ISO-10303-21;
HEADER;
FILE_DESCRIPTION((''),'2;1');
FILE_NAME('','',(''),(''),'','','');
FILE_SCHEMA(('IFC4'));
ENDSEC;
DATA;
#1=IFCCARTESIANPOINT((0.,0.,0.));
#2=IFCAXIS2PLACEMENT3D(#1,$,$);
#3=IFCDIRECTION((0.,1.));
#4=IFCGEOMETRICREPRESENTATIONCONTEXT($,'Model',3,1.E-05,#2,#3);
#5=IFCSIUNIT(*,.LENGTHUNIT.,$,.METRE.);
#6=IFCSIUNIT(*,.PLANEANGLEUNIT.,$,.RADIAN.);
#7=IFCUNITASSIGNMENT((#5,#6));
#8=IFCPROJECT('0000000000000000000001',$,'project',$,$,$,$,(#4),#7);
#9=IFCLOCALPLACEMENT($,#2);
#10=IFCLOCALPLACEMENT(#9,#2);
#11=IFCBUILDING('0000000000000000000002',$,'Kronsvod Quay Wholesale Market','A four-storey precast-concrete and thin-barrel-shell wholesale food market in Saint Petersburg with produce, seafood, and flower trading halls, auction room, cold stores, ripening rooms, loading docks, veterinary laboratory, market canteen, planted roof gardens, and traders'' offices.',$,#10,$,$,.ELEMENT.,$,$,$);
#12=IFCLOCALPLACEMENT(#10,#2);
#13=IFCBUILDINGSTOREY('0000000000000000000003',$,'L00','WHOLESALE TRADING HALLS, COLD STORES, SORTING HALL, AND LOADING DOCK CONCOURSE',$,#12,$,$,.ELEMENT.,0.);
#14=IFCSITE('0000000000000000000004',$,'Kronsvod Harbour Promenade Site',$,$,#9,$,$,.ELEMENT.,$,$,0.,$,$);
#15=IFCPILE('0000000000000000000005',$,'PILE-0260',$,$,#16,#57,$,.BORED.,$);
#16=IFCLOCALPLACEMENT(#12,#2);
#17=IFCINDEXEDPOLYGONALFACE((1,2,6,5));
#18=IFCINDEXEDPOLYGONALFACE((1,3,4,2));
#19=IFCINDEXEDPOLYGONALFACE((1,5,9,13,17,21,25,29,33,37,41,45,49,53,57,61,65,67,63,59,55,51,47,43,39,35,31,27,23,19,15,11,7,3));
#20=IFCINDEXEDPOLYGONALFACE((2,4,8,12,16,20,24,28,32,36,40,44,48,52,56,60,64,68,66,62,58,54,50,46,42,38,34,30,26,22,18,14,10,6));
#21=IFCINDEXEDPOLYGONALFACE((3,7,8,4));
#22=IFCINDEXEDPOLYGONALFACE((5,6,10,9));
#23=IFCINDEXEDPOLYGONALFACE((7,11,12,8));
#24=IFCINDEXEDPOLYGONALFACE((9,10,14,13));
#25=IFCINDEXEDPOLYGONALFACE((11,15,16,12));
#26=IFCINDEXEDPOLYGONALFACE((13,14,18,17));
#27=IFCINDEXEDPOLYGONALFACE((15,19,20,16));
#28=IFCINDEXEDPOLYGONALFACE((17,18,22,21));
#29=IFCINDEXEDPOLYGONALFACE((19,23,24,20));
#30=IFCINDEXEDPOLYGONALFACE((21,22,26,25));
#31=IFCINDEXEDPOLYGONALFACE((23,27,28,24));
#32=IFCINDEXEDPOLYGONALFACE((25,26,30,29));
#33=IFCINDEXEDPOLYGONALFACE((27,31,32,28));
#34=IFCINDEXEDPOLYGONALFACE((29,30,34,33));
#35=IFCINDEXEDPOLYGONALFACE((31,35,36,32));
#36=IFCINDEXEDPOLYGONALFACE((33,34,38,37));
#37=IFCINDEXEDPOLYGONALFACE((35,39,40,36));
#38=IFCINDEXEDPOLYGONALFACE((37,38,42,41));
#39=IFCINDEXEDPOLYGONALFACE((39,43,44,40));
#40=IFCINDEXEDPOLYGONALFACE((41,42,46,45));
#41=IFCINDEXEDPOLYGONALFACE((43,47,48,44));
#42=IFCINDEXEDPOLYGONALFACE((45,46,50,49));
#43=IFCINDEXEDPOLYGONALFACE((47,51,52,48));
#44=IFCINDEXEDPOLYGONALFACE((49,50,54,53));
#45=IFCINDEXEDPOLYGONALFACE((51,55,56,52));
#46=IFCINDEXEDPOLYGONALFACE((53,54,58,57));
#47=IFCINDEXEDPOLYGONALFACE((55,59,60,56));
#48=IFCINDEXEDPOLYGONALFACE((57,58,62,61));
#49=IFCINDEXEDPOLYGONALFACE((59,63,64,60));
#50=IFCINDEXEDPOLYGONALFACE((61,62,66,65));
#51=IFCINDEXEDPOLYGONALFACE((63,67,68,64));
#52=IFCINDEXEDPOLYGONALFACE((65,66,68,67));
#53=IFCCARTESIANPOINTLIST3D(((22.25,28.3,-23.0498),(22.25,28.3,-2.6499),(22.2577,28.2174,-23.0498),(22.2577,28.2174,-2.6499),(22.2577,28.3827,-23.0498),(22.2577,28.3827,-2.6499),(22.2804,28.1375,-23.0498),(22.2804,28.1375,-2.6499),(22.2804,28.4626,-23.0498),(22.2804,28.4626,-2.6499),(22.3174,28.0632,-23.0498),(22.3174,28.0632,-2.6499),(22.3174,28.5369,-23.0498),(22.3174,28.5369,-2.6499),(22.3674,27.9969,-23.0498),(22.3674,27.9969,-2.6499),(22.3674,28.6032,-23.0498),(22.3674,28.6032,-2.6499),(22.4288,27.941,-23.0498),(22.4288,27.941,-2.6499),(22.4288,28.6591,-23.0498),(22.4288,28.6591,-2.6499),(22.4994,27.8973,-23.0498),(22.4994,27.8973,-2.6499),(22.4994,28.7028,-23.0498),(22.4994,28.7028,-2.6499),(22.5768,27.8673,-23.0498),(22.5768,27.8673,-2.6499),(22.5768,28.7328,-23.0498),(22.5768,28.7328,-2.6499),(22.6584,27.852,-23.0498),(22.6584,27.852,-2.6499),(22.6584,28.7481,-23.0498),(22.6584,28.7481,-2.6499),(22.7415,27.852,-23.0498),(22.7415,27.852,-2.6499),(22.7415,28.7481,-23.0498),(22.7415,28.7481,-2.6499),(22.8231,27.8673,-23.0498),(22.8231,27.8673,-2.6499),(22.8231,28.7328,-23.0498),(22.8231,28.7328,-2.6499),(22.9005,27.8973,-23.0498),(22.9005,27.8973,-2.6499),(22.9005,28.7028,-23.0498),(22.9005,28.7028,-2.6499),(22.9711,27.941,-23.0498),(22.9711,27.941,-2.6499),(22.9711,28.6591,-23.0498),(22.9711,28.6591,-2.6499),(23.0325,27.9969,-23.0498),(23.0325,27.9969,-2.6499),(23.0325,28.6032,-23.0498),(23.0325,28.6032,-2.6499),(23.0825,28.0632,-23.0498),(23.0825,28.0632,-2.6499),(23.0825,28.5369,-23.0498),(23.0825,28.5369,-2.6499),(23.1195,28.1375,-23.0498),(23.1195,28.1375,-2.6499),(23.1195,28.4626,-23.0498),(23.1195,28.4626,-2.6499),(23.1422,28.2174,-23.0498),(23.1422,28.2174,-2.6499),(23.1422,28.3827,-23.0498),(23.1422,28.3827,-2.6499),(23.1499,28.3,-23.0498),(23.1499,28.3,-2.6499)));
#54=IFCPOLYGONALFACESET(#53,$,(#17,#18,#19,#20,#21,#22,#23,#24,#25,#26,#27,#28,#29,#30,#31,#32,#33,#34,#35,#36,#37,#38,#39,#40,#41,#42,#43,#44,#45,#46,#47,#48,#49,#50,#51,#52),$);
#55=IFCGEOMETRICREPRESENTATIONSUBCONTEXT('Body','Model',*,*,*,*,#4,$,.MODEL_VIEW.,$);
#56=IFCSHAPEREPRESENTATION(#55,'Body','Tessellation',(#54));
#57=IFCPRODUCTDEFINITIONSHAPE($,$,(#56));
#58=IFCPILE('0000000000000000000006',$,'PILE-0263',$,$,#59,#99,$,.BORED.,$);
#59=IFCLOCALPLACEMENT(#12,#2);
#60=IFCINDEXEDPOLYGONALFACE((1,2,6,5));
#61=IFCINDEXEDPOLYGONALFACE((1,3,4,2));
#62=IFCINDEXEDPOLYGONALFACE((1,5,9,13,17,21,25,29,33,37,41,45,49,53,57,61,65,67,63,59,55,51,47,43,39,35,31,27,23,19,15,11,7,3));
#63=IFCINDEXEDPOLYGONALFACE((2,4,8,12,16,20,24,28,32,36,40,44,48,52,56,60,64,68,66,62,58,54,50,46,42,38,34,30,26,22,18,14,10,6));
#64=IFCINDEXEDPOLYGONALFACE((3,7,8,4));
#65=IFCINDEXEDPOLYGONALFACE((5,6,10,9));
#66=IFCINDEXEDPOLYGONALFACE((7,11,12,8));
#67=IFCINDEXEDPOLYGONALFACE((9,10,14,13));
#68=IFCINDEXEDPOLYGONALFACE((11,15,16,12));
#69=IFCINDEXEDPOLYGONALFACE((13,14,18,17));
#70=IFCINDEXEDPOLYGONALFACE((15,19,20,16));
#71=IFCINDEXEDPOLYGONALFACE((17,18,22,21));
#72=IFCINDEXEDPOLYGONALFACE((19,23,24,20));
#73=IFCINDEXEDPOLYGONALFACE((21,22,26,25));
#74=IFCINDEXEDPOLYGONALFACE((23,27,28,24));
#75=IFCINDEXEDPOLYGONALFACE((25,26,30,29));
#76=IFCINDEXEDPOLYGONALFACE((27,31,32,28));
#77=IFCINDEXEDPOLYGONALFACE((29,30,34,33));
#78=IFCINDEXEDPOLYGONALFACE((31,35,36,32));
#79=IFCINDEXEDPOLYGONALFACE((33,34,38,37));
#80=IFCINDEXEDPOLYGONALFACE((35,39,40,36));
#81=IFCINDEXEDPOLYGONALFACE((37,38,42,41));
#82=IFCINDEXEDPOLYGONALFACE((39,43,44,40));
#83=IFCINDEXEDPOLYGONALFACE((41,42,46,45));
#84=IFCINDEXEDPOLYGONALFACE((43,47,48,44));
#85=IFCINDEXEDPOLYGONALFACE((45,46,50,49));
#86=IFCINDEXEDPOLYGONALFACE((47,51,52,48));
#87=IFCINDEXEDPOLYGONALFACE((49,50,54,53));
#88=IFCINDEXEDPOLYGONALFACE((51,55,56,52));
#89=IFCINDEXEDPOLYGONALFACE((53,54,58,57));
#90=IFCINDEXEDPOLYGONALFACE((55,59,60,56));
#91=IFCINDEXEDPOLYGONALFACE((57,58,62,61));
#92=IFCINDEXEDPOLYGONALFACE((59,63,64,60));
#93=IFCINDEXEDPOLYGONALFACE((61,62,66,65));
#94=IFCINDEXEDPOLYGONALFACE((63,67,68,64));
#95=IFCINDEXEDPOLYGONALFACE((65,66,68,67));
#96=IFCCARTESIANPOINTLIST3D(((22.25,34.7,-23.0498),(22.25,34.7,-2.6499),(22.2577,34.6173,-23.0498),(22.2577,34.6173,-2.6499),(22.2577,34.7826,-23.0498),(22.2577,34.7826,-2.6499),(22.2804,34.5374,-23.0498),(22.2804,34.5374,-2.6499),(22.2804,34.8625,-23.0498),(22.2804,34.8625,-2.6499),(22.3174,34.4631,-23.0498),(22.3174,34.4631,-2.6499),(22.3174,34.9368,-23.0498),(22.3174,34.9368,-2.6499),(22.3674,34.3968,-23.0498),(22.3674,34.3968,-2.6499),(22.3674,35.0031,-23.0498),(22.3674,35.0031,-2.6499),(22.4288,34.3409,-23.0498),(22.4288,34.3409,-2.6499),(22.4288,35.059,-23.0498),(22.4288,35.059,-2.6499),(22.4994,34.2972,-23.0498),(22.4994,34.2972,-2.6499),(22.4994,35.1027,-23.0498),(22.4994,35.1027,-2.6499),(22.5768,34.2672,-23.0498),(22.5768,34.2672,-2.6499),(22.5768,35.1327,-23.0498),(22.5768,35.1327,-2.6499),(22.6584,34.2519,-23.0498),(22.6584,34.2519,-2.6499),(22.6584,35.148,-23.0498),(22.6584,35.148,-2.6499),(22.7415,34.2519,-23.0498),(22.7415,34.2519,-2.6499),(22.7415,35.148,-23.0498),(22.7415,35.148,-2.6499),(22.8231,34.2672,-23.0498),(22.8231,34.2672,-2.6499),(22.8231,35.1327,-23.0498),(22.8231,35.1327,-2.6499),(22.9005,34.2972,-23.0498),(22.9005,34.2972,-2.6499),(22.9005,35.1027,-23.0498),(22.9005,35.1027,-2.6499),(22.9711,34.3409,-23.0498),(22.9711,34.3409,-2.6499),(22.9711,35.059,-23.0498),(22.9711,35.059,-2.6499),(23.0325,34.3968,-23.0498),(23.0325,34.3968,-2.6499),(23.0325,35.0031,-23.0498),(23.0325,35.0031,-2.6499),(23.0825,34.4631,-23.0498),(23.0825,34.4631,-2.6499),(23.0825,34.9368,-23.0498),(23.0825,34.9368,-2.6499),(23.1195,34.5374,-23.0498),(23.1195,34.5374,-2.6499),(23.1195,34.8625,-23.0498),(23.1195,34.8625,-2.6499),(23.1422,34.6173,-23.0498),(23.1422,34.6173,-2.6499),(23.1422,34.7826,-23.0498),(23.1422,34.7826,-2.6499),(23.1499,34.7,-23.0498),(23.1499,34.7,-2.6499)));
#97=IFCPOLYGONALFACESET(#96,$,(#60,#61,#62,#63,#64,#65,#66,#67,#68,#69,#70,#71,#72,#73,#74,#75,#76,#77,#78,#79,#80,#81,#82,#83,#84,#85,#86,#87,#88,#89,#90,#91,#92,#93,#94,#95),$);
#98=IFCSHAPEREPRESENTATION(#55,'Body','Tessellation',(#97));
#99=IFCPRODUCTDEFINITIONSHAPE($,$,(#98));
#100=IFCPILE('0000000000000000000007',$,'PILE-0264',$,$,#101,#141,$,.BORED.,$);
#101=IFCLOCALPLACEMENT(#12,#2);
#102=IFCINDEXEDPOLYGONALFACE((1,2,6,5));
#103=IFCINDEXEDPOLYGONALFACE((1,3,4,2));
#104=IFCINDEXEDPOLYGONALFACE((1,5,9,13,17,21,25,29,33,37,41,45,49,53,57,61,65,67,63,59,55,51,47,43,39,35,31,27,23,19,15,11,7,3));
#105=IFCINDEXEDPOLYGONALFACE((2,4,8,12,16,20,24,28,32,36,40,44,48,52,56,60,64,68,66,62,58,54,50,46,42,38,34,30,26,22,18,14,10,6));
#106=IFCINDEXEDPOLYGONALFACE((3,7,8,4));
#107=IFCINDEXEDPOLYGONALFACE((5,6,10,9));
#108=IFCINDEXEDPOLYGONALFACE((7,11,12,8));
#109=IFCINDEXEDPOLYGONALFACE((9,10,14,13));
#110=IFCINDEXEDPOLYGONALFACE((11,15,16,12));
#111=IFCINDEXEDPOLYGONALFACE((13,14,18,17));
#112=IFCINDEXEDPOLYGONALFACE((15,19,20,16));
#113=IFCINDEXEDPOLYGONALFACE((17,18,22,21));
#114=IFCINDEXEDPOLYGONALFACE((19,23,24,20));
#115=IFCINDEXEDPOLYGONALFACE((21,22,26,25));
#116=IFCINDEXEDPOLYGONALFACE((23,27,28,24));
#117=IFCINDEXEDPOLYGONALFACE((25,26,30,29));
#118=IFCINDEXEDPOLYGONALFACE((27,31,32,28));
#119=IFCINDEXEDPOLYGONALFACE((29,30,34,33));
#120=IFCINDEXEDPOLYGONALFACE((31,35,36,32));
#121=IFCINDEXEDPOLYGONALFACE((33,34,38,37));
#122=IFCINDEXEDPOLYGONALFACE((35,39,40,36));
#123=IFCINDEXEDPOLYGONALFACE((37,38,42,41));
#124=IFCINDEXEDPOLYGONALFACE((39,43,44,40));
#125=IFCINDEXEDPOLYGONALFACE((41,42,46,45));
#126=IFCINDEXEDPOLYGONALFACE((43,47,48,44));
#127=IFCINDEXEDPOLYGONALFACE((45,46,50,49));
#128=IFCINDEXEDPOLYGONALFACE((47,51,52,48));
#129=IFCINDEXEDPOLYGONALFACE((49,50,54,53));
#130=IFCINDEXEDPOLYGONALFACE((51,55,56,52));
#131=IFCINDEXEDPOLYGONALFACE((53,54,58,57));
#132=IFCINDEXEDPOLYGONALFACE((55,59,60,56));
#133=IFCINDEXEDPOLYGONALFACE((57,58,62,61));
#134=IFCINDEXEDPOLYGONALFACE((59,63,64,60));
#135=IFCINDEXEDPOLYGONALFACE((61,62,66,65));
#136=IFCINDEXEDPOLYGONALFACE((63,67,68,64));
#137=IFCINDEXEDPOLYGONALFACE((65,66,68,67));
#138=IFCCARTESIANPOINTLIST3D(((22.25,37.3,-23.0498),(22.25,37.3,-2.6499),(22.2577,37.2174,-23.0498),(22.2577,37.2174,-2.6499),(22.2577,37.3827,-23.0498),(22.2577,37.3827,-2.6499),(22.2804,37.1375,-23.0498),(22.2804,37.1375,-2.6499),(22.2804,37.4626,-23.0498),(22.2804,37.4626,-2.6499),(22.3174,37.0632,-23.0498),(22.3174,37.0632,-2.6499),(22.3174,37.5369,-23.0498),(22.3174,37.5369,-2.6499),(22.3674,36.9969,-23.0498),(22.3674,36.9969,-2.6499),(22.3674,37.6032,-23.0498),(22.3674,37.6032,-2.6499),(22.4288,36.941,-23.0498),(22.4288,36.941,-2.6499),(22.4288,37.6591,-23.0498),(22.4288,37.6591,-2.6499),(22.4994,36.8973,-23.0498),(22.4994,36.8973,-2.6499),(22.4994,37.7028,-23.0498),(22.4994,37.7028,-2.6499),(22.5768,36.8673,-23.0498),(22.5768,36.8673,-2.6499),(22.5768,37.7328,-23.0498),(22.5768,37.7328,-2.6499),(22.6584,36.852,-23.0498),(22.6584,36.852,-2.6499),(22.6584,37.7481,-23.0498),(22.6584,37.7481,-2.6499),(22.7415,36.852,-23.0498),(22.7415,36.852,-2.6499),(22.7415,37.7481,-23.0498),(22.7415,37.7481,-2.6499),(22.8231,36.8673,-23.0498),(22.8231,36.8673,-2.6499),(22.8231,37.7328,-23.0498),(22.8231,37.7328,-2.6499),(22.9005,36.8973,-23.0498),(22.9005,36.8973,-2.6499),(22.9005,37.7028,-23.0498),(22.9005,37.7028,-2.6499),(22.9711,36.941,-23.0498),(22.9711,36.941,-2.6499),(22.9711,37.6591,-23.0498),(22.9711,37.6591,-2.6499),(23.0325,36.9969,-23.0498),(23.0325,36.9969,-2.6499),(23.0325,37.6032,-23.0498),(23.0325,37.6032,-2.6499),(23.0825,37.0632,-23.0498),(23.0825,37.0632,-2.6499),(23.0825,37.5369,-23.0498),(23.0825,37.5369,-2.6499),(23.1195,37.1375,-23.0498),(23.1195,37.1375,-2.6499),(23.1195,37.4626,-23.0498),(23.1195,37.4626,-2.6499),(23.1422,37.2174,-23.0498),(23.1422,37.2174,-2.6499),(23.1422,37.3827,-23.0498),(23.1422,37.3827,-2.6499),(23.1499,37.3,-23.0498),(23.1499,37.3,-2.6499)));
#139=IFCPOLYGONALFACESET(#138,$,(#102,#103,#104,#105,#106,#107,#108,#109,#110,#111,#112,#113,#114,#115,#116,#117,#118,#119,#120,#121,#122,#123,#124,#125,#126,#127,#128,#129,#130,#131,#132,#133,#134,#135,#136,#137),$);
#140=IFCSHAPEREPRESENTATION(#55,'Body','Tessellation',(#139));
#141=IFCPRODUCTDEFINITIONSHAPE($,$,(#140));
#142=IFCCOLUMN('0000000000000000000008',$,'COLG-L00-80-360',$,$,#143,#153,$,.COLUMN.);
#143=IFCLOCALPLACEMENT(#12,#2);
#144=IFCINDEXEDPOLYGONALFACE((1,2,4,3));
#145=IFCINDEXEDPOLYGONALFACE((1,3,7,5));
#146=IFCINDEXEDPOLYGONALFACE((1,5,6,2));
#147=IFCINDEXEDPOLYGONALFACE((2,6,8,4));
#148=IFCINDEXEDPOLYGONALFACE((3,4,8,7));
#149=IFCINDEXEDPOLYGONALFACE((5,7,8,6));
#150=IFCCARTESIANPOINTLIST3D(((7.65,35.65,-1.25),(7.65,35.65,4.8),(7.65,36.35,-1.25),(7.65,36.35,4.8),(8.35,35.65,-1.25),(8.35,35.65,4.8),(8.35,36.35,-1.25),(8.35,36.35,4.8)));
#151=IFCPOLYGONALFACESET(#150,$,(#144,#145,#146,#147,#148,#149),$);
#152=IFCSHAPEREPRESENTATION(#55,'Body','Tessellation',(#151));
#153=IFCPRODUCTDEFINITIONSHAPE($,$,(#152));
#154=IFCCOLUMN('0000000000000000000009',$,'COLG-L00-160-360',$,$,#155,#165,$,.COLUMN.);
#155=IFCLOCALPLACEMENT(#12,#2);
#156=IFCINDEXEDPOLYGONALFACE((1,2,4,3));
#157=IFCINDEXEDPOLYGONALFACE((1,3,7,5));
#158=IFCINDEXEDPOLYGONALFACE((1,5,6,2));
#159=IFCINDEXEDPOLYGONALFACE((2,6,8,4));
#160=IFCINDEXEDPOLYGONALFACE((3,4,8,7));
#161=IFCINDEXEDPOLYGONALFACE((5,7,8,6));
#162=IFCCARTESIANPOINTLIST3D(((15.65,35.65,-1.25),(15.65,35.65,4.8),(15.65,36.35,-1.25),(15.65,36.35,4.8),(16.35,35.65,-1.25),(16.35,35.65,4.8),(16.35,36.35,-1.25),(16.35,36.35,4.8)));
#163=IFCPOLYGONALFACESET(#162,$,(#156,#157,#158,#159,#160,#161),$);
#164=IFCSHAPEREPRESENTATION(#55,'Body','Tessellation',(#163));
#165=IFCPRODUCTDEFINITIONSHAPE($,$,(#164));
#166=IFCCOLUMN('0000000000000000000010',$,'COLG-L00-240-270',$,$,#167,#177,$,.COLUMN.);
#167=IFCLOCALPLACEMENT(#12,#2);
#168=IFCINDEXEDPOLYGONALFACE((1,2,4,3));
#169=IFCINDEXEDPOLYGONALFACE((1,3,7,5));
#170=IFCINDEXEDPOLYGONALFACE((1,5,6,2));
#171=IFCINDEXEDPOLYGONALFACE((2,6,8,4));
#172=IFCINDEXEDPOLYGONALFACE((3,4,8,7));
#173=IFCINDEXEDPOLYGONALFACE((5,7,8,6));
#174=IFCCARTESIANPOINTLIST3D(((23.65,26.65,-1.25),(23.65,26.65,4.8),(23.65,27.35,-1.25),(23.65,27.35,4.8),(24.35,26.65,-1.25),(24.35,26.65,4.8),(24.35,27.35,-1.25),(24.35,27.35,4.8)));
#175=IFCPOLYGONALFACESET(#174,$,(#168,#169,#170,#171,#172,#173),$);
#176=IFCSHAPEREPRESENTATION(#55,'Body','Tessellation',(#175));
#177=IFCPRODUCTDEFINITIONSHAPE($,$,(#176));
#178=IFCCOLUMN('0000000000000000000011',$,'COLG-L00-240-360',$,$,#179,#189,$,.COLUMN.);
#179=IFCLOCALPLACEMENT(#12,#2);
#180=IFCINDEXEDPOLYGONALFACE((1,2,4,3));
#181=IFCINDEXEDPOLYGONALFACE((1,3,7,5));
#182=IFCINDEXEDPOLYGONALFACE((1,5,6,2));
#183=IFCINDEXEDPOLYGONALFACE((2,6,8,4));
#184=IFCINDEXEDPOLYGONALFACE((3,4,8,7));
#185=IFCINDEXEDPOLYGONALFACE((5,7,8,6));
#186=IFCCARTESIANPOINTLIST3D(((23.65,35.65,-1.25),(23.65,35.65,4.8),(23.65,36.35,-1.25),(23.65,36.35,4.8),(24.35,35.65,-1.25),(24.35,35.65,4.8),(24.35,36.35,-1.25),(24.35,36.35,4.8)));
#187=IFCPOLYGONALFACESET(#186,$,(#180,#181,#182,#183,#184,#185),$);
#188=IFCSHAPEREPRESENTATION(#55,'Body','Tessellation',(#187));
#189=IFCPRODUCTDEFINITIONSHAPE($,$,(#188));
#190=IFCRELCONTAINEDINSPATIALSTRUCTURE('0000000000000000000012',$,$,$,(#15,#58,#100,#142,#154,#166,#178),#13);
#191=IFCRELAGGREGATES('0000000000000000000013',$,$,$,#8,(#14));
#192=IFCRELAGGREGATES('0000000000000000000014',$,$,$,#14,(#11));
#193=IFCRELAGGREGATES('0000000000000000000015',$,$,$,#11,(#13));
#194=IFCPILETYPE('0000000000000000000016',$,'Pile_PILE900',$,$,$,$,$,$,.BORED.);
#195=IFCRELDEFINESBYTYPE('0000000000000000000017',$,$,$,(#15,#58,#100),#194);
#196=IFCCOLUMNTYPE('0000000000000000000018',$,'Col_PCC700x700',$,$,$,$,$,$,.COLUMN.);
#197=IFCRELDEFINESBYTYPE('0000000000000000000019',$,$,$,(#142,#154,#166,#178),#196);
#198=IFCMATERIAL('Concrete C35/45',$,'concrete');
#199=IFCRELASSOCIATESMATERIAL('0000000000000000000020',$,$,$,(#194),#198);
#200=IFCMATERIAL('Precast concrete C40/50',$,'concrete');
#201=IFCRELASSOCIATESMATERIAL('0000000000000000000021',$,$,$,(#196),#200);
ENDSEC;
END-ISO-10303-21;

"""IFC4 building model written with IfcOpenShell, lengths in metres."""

from ifc_helpers import new_model, si_unit, direction, frame, origin, origin_2d, place, context, subcontext, project, spatial, rectangle, circle, extrude, material, material_profile, profile_set, type_object, element, save


model = new_model("IFC4")

# Units and contexts
model_context = context("Model", 3, precision=1e-05, world=origin(), true_north=direction((0.0, 1.0)))
body_context = subcontext(model_context, "Body", "Model", "MODEL_VIEW")
ifc_project = project(units=[si_unit("LENGTHUNIT", "METRE"), si_unit("PLANEANGLEUNIT", "RADIAN")], contexts=[model_context])

# Site, building, storey
site_placement = place(None, origin())
site = spatial("IfcSite", under=ifc_project, at=site_placement, Name="Kronsvod Harbour Promenade Site", CompositionType="ELEMENT", RefElevation=0.0)
building_placement = place(site_placement, origin())
building = spatial("IfcBuilding", under=site, at=building_placement, Name="Kronsvod Quay Wholesale Market", Description="A four-storey precast-concrete and thin-barrel-shell wholesale food market in Saint Petersburg with produce, seafood, and flower trading halls, auction room, cold stores, ripening rooms, loading docks, veterinary laboratory, market canteen, planted roof gardens, and traders' offices.", CompositionType="ELEMENT")
storey_placement = place(building_placement, origin())
storey = spatial("IfcBuildingStorey", under=building, at=storey_placement, Name="L00", Description="WHOLESALE TRADING HALLS, COLD STORES, SORTING HALL, AND LOADING DOCK CONCOURSE", CompositionType="ELEMENT", Elevation=0.0)

# Piles
ifc_material_1 = material(Name="Concrete C35/45", Category="concrete")
ifc_material_profile_1 = material_profile(ifc_material_1, circle(Radius=0.45, at=origin_2d()), Name="PILE900")
ifc_profile_set_1 = profile_set([ifc_material_profile_1], Name="Concrete C35/45")
pile_type = type_object("IfcPileType", Name="Pile_PILE900", PredefinedType="BORED", material=ifc_profile_set_1)
for number, where, z_axis, x_axis, name in (
    (1, (22.7, 28.3, -2.6499), (0.0, 0.0, -1.0), (1.0, 0.0, 0.0), "PILE-0260"),
    (2, (22.7, 34.7, -2.6499), (0.0, 0.0, -1.0), (1.0, 0.0, 0.0), "PILE-0263"),
    (3, (22.7, 37.3, -2.6499), (0.0, 0.0, -1.0), (1.0, 0.0, 0.0), "PILE-0264"),
):
    element("IfcPile", number, at=place(storey_placement, frame(where, z_axis=z_axis, x_axis=x_axis)), inside=storey, type_object=pile_type, Name=name, PredefinedType="BORED", context=body_context, shape_type="SweptSolid", body=[
        extrude(circle(Radius=0.45, at=origin_2d()), origin(), (0.0, 0.0, 1.0), 20.3999),
    ])

# Columns
ifc_material_2 = material(Name="Precast concrete C40/50", Category="concrete")
ifc_material_profile_2 = material_profile(ifc_material_2, rectangle(XDim=0.7, YDim=0.7, at=origin_2d()), Name="PCC700x700")
ifc_profile_set_2 = profile_set([ifc_material_profile_2], Name="Precast concrete C40/50")
column_type = type_object("IfcColumnType", Name="Col_PCC700x700", PredefinedType="COLUMN", material=ifc_profile_set_2)
for number, where, z_axis, x_axis, name in (
    (4, (8.0, 36.0, -1.25), (0.0, 0.0, 1.0), (1.0, 0.0, 0.0), "COLG-L00-80-360"),
    (5, (16.0, 36.0, -1.25), (0.0, 0.0, 1.0), (1.0, 0.0, 0.0), "COLG-L00-160-360"),
    (6, (24.0, 27.0, -1.25), (0.0, 0.0, 1.0), (1.0, 0.0, 0.0), "COLG-L00-240-270"),
    (7, (24.0, 36.0, -1.25), (0.0, 0.0, 1.0), (1.0, 0.0, 0.0), "COLG-L00-240-360"),
):
    element("IfcColumn", number, at=place(storey_placement, frame(where, z_axis=z_axis, x_axis=x_axis)), inside=storey, type_object=column_type, Name=name, PredefinedType="COLUMN", context=body_context, shape_type="SweptSolid", body=[
        extrude(rectangle(XDim=0.7, YDim=0.7, at=origin_2d()), origin(), (0.0, 0.0, 1.0), 6.05),
    ])

save(model, "model.ifc")
